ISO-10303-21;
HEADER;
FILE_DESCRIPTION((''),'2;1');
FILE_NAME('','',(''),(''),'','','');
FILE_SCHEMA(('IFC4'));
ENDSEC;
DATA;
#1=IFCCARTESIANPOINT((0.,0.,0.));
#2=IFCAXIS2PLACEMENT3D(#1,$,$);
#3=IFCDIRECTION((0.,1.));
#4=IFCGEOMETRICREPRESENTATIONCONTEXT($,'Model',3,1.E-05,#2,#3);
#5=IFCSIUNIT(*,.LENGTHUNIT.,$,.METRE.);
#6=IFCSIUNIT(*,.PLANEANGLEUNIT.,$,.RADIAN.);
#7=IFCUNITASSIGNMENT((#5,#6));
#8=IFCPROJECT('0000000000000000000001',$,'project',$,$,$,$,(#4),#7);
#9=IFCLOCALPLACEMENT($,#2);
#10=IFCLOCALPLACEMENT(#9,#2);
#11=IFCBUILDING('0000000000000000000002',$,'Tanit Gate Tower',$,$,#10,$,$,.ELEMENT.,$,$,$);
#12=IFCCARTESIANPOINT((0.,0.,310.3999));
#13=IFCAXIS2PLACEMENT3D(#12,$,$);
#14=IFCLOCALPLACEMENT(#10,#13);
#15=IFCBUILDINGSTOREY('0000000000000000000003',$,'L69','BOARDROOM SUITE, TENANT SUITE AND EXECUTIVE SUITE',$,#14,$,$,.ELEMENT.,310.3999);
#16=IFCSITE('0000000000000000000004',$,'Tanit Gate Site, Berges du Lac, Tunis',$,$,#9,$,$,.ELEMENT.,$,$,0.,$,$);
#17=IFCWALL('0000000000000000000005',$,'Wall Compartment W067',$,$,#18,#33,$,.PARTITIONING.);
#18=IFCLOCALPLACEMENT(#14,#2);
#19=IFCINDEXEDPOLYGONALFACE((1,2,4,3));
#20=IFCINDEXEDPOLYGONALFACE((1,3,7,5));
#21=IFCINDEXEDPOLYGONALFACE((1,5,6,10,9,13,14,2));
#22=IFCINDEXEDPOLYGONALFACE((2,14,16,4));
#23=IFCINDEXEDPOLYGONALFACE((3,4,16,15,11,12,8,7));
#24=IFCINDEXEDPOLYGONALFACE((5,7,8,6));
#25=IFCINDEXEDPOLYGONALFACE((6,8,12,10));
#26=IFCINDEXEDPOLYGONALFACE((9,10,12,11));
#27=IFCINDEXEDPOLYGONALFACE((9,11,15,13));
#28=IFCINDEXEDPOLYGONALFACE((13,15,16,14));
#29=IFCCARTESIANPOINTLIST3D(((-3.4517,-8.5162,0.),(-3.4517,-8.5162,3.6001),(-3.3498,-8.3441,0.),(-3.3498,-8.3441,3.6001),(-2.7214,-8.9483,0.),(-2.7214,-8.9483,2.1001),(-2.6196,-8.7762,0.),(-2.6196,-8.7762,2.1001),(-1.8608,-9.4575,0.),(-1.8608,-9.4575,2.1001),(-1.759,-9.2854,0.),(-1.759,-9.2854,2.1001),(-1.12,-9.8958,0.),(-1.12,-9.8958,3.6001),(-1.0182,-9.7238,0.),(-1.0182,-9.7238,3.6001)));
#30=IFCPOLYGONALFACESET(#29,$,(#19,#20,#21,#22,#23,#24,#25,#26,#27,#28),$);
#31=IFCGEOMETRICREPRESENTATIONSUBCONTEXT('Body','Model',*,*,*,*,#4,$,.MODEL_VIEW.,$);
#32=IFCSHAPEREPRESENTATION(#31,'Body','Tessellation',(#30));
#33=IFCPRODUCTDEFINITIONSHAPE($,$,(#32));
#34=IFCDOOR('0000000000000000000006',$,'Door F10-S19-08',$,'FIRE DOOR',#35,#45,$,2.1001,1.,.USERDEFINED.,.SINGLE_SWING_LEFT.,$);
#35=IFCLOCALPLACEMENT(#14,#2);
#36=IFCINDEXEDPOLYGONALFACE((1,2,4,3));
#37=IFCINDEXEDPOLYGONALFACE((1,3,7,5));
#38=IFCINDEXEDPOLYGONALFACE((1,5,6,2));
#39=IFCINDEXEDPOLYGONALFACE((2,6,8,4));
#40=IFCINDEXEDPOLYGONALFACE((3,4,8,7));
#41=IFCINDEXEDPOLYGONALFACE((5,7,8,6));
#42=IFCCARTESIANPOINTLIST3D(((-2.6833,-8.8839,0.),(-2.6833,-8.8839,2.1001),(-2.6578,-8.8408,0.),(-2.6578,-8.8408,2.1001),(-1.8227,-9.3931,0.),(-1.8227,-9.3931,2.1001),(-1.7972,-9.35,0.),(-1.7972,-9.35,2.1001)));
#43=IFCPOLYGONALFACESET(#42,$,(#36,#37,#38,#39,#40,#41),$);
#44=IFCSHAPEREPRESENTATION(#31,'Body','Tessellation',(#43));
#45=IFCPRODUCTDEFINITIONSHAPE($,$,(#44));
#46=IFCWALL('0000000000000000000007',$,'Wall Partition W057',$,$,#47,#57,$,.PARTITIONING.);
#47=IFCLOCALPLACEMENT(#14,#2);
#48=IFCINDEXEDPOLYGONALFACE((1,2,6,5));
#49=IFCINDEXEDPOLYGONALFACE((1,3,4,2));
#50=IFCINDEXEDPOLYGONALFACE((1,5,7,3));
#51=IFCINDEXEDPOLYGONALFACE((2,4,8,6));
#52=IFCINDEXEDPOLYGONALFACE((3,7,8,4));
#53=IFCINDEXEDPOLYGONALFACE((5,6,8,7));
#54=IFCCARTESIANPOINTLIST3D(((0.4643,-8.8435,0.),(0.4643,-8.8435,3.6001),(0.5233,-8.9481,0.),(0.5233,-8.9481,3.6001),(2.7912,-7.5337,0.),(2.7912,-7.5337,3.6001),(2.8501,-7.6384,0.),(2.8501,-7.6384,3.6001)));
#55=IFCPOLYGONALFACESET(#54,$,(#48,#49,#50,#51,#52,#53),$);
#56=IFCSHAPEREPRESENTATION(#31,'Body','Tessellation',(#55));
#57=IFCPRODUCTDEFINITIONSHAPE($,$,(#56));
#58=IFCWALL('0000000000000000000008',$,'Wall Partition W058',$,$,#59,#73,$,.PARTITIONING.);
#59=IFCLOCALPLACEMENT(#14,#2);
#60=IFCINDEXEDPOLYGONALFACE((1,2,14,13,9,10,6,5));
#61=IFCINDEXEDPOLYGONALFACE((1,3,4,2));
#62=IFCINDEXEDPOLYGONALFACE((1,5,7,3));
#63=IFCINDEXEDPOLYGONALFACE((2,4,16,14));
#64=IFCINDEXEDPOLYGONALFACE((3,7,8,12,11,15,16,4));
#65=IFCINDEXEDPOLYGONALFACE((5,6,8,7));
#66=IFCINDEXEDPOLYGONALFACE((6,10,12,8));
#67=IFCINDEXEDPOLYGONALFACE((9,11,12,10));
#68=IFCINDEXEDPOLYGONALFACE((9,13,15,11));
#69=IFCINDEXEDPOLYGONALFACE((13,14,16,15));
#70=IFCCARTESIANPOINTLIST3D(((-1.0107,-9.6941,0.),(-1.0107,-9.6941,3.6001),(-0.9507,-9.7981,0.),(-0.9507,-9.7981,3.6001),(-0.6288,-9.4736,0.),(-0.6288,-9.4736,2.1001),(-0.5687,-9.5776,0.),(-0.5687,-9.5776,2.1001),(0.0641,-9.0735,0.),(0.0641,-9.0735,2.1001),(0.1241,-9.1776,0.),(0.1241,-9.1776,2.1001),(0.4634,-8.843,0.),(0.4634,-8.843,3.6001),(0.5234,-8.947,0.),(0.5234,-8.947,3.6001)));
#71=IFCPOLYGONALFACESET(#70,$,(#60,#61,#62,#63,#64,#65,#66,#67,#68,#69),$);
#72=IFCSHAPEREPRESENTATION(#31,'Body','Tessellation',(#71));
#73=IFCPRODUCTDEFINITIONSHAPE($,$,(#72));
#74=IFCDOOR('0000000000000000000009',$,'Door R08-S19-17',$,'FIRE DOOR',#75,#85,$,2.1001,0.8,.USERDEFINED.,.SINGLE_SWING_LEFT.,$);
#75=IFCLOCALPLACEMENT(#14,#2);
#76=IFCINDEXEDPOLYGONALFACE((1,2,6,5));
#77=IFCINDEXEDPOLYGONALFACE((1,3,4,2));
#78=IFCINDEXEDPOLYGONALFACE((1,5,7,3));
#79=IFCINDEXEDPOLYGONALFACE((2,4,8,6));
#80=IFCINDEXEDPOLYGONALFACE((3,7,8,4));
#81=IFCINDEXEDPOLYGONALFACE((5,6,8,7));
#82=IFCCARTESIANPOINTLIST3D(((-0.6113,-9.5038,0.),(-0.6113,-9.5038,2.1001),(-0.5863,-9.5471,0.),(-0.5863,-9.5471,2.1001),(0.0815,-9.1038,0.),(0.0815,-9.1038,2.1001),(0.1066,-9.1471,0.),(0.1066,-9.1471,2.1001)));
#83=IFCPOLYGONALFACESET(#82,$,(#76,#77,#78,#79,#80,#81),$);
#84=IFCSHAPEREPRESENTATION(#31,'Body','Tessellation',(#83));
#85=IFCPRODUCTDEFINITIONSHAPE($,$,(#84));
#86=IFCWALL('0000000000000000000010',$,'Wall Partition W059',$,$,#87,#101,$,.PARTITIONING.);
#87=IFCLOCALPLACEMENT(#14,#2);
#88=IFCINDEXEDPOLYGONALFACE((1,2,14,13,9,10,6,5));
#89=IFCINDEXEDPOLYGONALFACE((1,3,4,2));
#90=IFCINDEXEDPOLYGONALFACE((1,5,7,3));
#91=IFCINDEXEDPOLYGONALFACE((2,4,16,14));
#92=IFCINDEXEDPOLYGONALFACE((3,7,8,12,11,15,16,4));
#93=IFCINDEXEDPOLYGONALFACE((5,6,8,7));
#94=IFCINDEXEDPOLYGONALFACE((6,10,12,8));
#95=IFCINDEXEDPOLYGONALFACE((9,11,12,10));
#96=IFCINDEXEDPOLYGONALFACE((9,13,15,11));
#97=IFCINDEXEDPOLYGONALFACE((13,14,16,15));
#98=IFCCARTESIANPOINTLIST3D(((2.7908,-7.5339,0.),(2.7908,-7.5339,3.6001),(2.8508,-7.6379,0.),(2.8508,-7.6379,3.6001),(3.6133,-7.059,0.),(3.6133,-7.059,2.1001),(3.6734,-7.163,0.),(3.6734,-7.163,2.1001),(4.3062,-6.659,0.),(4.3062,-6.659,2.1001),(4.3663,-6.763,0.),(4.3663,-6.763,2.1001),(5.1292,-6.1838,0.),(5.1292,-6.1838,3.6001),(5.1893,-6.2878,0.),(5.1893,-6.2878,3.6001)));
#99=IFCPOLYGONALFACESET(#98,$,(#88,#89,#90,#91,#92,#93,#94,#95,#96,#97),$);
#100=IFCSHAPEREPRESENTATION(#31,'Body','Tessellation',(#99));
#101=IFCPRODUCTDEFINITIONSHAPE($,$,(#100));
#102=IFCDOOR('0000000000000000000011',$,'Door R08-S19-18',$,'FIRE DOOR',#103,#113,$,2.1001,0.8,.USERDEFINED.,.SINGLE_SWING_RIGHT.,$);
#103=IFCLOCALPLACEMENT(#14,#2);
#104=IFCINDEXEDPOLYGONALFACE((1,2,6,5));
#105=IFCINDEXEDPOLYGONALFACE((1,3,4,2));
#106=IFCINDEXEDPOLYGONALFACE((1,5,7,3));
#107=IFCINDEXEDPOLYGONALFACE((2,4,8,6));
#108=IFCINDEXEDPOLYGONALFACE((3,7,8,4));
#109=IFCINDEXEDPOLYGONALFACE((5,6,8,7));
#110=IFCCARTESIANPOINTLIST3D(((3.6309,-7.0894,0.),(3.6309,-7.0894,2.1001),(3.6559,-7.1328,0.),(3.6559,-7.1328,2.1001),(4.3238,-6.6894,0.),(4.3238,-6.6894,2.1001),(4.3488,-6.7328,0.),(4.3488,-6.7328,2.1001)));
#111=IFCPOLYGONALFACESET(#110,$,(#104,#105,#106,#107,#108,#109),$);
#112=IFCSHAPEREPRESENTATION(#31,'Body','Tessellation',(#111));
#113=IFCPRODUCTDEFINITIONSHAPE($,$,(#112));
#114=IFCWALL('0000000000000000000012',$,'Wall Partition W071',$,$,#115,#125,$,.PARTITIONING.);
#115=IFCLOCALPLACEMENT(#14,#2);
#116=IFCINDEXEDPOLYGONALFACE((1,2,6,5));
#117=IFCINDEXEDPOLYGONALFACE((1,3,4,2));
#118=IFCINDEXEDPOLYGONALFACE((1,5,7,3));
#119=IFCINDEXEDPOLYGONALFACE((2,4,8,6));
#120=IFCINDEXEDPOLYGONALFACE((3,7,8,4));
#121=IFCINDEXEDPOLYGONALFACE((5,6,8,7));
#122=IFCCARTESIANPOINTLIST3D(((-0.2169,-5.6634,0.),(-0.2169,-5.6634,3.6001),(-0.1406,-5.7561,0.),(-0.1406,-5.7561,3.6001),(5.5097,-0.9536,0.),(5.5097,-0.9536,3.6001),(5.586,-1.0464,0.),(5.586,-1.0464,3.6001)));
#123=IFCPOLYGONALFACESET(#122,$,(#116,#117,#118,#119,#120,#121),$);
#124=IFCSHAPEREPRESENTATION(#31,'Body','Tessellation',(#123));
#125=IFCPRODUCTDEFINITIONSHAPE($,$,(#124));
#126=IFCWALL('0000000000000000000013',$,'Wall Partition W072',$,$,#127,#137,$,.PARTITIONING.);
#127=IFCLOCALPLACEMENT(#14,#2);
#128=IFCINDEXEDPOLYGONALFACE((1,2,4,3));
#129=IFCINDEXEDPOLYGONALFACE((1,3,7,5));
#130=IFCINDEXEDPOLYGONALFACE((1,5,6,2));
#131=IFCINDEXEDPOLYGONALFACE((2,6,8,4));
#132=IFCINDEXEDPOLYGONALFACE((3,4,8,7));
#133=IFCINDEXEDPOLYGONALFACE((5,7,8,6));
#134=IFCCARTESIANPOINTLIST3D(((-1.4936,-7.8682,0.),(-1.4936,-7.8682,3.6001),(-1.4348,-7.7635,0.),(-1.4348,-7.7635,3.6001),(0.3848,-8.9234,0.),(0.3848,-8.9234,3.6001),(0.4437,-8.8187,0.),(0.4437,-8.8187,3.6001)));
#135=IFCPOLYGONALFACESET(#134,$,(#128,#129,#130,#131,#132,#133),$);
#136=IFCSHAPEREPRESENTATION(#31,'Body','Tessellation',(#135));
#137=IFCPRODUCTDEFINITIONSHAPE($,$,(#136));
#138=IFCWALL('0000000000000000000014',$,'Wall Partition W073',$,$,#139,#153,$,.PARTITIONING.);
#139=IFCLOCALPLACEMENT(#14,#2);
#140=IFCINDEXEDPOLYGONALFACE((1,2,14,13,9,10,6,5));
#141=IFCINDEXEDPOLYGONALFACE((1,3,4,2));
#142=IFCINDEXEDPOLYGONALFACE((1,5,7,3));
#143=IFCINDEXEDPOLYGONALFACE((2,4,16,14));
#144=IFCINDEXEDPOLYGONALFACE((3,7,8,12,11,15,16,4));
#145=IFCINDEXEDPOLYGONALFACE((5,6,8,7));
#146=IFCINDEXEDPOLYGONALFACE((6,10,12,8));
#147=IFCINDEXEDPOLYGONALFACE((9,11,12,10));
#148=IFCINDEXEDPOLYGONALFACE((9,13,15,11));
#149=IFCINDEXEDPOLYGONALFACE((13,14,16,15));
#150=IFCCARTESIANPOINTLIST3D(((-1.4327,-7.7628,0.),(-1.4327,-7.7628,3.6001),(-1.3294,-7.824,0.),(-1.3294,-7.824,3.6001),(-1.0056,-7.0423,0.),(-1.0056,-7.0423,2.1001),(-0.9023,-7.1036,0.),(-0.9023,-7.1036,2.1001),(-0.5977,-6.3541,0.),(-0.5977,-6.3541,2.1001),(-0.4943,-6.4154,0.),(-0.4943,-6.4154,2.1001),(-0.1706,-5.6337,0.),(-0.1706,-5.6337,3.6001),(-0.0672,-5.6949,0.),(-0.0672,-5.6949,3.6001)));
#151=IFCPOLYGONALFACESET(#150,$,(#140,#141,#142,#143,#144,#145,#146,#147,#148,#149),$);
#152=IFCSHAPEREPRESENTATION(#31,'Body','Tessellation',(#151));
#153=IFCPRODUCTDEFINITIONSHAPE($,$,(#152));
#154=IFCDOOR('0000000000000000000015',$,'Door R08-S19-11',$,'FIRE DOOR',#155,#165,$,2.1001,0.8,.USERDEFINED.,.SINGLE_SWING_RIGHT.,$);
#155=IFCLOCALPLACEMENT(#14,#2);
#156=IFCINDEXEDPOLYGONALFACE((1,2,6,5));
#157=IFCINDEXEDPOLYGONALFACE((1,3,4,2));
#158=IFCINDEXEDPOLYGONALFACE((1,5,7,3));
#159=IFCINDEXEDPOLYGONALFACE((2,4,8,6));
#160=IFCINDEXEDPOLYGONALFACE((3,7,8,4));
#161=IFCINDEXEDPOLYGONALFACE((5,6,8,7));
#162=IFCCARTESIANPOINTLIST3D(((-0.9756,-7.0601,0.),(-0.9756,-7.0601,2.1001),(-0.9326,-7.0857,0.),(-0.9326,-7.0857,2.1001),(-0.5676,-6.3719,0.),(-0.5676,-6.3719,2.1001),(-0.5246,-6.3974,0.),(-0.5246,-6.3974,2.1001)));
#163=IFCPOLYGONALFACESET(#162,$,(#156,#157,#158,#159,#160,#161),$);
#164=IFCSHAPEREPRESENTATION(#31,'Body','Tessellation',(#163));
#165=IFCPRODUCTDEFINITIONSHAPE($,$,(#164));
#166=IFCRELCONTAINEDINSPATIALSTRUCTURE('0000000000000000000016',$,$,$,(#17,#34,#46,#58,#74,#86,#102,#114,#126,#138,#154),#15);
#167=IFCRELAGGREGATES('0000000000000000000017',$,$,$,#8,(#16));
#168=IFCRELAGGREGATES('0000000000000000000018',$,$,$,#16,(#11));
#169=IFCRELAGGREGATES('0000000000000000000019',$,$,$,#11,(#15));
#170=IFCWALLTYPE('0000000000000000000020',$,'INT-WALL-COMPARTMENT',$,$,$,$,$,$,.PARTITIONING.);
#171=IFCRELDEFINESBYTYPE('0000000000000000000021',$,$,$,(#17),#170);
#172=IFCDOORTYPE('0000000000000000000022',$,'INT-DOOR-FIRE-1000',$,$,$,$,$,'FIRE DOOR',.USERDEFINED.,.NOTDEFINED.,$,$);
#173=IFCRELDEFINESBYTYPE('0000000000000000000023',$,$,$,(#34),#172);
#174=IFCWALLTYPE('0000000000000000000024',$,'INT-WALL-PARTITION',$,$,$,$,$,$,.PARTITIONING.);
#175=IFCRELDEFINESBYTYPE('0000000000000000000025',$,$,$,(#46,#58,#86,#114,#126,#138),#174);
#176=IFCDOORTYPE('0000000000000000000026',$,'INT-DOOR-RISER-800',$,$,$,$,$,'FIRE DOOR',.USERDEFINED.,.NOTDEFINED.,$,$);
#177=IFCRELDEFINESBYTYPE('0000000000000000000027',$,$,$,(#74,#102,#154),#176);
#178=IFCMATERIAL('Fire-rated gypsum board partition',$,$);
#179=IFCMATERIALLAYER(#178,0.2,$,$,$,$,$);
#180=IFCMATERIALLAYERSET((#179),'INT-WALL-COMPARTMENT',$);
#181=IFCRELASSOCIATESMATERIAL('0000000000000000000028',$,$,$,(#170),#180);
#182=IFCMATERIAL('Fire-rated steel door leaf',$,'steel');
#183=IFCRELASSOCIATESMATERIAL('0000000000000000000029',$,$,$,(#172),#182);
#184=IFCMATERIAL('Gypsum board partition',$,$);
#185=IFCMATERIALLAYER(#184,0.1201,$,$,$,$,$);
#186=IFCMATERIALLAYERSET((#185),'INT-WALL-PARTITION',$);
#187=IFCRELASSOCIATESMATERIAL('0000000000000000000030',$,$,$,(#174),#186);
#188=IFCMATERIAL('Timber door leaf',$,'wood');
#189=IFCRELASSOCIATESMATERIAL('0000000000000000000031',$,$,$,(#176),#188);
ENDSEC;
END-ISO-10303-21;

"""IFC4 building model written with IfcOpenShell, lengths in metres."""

from ifc_helpers import new_model, si_unit, direction, frame, frame_2d, origin, place, context, subcontext, project, spatial, rectangle, extrude, material, layer, layer_set, type_object, element, fill, save


model = new_model("IFC4")

# Units and contexts
model_context = context("Model", 3, precision=1e-05, world=origin(), true_north=direction((0.0, 1.0)))
body_context = subcontext(model_context, "Body", "Model", "MODEL_VIEW")
ifc_project = project(units=[si_unit("LENGTHUNIT", "METRE"), si_unit("PLANEANGLEUNIT", "RADIAN")], contexts=[model_context])

# Site, building, storey
site_placement = place(None, origin())
site = spatial("IfcSite", under=ifc_project, at=site_placement, Name="Tanit Gate Site, Berges du Lac, Tunis", CompositionType="ELEMENT", RefElevation=0.0)
building_placement = place(site_placement, origin())
building = spatial("IfcBuilding", under=site, at=building_placement, Name="Tanit Gate Tower", CompositionType="ELEMENT")
storey_placement = place(building_placement, frame((0.0, 0.0, 310.3999)))
storey = spatial("IfcBuildingStorey", under=building, at=storey_placement, Name="L69", Description="BOARDROOM SUITE, TENANT SUITE AND EXECUTIVE SUITE", CompositionType="ELEMENT", Elevation=310.3999)

# Wall, opening, door
ifc_material_1 = material(Name="Fire-rated gypsum board partition")
ifc_layer_1 = layer(ifc_material_1, 0.2)
ifc_layer_set_1 = layer_set([ifc_layer_1], Name="INT-WALL-COMPARTMENT")
wall_type_1 = type_object("IfcWallType", Name="INT-WALL-COMPARTMENT", PredefinedType="PARTITIONING", material=ifc_layer_set_1)
wall_1_placement = place(storey_placement, frame((-3.4006, -8.4302, 0.0), z_axis=(0.0, 0.0, 1.0), x_axis=(0.860618, -0.509251, 0.0)))
wall_1 = element("IfcWall", 1, at=wall_1_placement, inside=storey, type_object=wall_type_1, Name="Wall Compartment W067", PredefinedType="PARTITIONING", context=body_context, shape_type="SweptSolid", body=[
    extrude(rectangle(XDim=2.7092, YDim=0.2, at=frame_2d((1.3545, 0.0))), origin(), (0.0, 0.0, 1.0), 3.6001),
])
opening_1_placement = place(wall_1_placement, frame((0.8484, 0.0, 0.0)))
opening_1 = element("IfcOpeningElement", 2, at=opening_1_placement, cuts=wall_1, PredefinedType="OPENING", context=body_context, shape_type="SweptSolid", body=[
    extrude(rectangle(XDim=1.0, YDim=2.1001, at=frame_2d((0.5, 1.05))), frame((0.0, 0.1099, 0.0), z_axis=(0.0, -1.0, 0.0), x_axis=(1.0, 0.0, 0.0)), (0.0, 0.0, 1.0), 0.22),
])
ifc_material_2 = material(Name="Fire-rated steel door leaf", Category="steel")
door_type_1 = type_object("IfcDoorType", Name="INT-DOOR-FIRE-1000", ElementType="FIRE DOOR", OperationType="NOTDEFINED", PredefinedType="USERDEFINED", material=ifc_material_2)
door_1_placement = place(opening_1_placement, origin())
door_1 = element("IfcDoor", 3, at=door_1_placement, inside=storey, type_object=door_type_1, Name="Door F10-S19-08", ObjectType="FIRE DOOR", OperationType="SINGLE_SWING_LEFT", OverallHeight=2.1001, OverallWidth=1.0, PredefinedType="USERDEFINED", context=body_context, shape_type="SweptSolid", body=[
    extrude(rectangle(XDim=1.0, YDim=2.1001, at=frame_2d((0.5, 1.05))), frame((0.0, 0.0249, 0.0), z_axis=(0.0, -1.0, 0.0), x_axis=(1.0, 0.0, 0.0)), (0.0, 0.0, 1.0), 0.05),
])
fill(opening_1, door_1)

# Wall
ifc_material_3 = material(Name="Gypsum board partition")
ifc_layer_2 = layer(ifc_material_3, 0.1201)
ifc_layer_set_2 = layer_set([ifc_layer_2], Name="INT-WALL-PARTITION")
wall_type_2 = type_object("IfcWallType", Name="INT-WALL-PARTITION", PredefinedType="PARTITIONING", material=ifc_layer_set_2)
wall_2_placement = place(storey_placement, frame((0.4939, -8.8958, 0.0), z_axis=(0.0, 0.0, 1.0), x_axis=(0.871427, 0.490526, 0.0)))
element("IfcWall", 4, at=wall_2_placement, inside=storey, type_object=wall_type_2, Name="Wall Partition W057", PredefinedType="PARTITIONING", context=body_context, shape_type="SweptSolid", body=[
    extrude(rectangle(XDim=2.6702, YDim=0.1201, at=frame_2d((1.335, 0.0))), origin(), (0.0, 0.0, 1.0), 3.6001),
])

# Walls, openings, doors
wall_3_placement = place(storey_placement, frame((0.4934, -8.895, 0.0), z_axis=(0.0, 0.0, 1.0), x_axis=(-0.866028, -0.499996, 0.0)))
wall_3 = element("IfcWall", 5, at=wall_3_placement, inside=storey, type_object=wall_type_2, Name="Wall Partition W058", PredefinedType="PARTITIONING", context=body_context, shape_type="SweptSolid", body=[
    extrude(rectangle(XDim=1.7021, YDim=0.1201, at=frame_2d((0.8511, 0.0))), origin(), (0.0, 0.0, 1.0), 3.6001),
])
opening_2_placement = place(wall_3_placement, frame((0.4612, 0.0, 0.0)))
opening_2 = element("IfcOpeningElement", 6, at=opening_2_placement, cuts=wall_3, PredefinedType="OPENING", context=body_context, shape_type="SweptSolid", body=[
    extrude(rectangle(XDim=0.8, YDim=2.1001, at=frame_2d((0.3999, 1.05))), frame((0.0, 0.0701, 0.0), z_axis=(0.0, -1.0, 0.0), x_axis=(1.0, 0.0, 0.0)), (0.0, 0.0, 1.0), 0.1401),
])
ifc_material_4 = material(Name="Timber door leaf", Category="wood")
door_type_2 = type_object("IfcDoorType", Name="INT-DOOR-RISER-800", ElementType="FIRE DOOR", OperationType="NOTDEFINED", PredefinedType="USERDEFINED", material=ifc_material_4)
door_2_placement = place(opening_2_placement, origin())
door_2 = element("IfcDoor", 7, at=door_2_placement, inside=storey, type_object=door_type_2, Name="Door R08-S19-17", ObjectType="FIRE DOOR", OperationType="SINGLE_SWING_LEFT", OverallHeight=2.1001, OverallWidth=0.8, PredefinedType="USERDEFINED", context=body_context, shape_type="SweptSolid", body=[
    extrude(rectangle(XDim=0.8, YDim=2.1001, at=frame_2d((0.3999, 1.05))), frame((0.0, 0.0249, 0.0), z_axis=(0.0, -1.0, 0.0), x_axis=(1.0, 0.0, 0.0)), (0.0, 0.0, 1.0), 0.05),
])
fill(opening_2, door_2)
wall_4_placement = place(storey_placement, frame((2.8208, -7.5859, 0.0), z_axis=(0.0, 0.0, 1.0), x_axis=(0.86602, 0.500009, 0.0)))
wall_4 = element("IfcWall", 8, at=wall_4_placement, inside=storey, type_object=wall_type_2, Name="Wall Partition W059", PredefinedType="PARTITIONING", context=body_context, shape_type="SweptSolid", body=[
    extrude(rectangle(XDim=2.7002, YDim=0.1201, at=frame_2d((1.3501, 0.0))), origin(), (0.0, 0.0, 1.0), 3.6001),
])
opening_3_placement = place(wall_4_placement, frame((0.95, 0.0, 0.0)))
opening_3 = element("IfcOpeningElement", 9, at=opening_3_placement, cuts=wall_4, PredefinedType="OPENING", context=body_context, shape_type="SweptSolid", body=[
    extrude(rectangle(XDim=0.8, YDim=2.1001, at=frame_2d((0.3999, 1.05))), frame((0.0, 0.0701, 0.0), z_axis=(0.0, -1.0, 0.0), x_axis=(1.0, 0.0, 0.0)), (0.0, 0.0, 1.0), 0.1401),
])
door_3_placement = place(opening_3_placement, origin())
door_3 = element("IfcDoor", 10, at=door_3_placement, inside=storey, type_object=door_type_2, Name="Door R08-S19-18", ObjectType="FIRE DOOR", OperationType="SINGLE_SWING_RIGHT", OverallHeight=2.1001, OverallWidth=0.8, PredefinedType="USERDEFINED", context=body_context, shape_type="SweptSolid", body=[
    extrude(rectangle(XDim=0.8, YDim=2.1001, at=frame_2d((0.3999, 1.05))), frame((0.0, 0.0249, 0.0), z_axis=(0.0, -1.0, 0.0), x_axis=(1.0, 0.0, 0.0)), (0.0, 0.0, 1.0), 0.05),
])
fill(opening_3, door_3)

# Walls
wall_5_placement = place(storey_placement, frame((5.5479, -1.0, 0.0), z_axis=(0.0, 0.0, 1.0), x_axis=(-0.772345, -0.635203, 0.0)))
element("IfcWall", 11, at=wall_5_placement, inside=storey, type_object=wall_type_2, Name="Wall Partition W071", PredefinedType="PARTITIONING", context=body_context, shape_type="SweptSolid", body=[
    extrude(rectangle(XDim=7.4146, YDim=0.1201, at=frame_2d((3.7073, 0.0))), origin(), (0.0, 0.0, 1.0), 3.6001),
])
wall_6_placement = place(storey_placement, frame((-1.4641, -7.8159, 0.0), z_axis=(0.0, 0.0, 1.0), x_axis=(0.87186, -0.489755, 0.0)))
element("IfcWall", 12, at=wall_6_placement, inside=storey, type_object=wall_type_2, Name="Wall Partition W072", PredefinedType="PARTITIONING", context=body_context, shape_type="SweptSolid", body=[
    extrude(rectangle(XDim=2.1545, YDim=0.1201, at=frame_2d((1.0771, 0.0))), origin(), (0.0, 0.0, 1.0), 3.6001),
])

# Wall, opening, door
wall_7_placement = place(storey_placement, frame((-0.1189, -5.6643, 0.0), z_axis=(0.0, 0.0, 1.0), x_axis=(-0.509948, -0.860205, 0.0)))
wall_7 = element("IfcWall", 13, at=wall_7_placement, inside=storey, type_object=wall_type_2, Name="Wall Partition W073", PredefinedType="PARTITIONING", context=body_context, shape_type="SweptSolid", body=[
    extrude(rectangle(XDim=2.4751, YDim=0.1201, at=frame_2d((1.2375, 0.0))), origin(), (0.0, 0.0, 1.0), 3.6001),
])
opening_4_placement = place(wall_7_placement, frame((0.8376, 0.0, 0.0)))
opening_4 = element("IfcOpeningElement", 14, at=opening_4_placement, cuts=wall_7, PredefinedType="OPENING", context=body_context, shape_type="SweptSolid", body=[
    extrude(rectangle(XDim=0.8, YDim=2.1001, at=frame_2d((0.3999, 1.05))), frame((0.0, 0.0701, 0.0), z_axis=(0.0, -1.0, 0.0), x_axis=(1.0, 0.0, 0.0)), (0.0, 0.0, 1.0), 0.1401),
])
door_4_placement = place(opening_4_placement, origin())
door_4 = element("IfcDoor", 15, at=door_4_placement, inside=storey, type_object=door_type_2, Name="Door R08-S19-11", ObjectType="FIRE DOOR", OperationType="SINGLE_SWING_RIGHT", OverallHeight=2.1001, OverallWidth=0.8, PredefinedType="USERDEFINED", context=body_context, shape_type="SweptSolid", body=[
    extrude(rectangle(XDim=0.8, YDim=2.1001, at=frame_2d((0.3999, 1.05))), frame((0.0, 0.0249, 0.0), z_axis=(0.0, -1.0, 0.0), x_axis=(1.0, 0.0, 0.0)), (0.0, 0.0, 1.0), 0.05),
])
fill(opening_4, door_4)

save(model, "model.ifc")
